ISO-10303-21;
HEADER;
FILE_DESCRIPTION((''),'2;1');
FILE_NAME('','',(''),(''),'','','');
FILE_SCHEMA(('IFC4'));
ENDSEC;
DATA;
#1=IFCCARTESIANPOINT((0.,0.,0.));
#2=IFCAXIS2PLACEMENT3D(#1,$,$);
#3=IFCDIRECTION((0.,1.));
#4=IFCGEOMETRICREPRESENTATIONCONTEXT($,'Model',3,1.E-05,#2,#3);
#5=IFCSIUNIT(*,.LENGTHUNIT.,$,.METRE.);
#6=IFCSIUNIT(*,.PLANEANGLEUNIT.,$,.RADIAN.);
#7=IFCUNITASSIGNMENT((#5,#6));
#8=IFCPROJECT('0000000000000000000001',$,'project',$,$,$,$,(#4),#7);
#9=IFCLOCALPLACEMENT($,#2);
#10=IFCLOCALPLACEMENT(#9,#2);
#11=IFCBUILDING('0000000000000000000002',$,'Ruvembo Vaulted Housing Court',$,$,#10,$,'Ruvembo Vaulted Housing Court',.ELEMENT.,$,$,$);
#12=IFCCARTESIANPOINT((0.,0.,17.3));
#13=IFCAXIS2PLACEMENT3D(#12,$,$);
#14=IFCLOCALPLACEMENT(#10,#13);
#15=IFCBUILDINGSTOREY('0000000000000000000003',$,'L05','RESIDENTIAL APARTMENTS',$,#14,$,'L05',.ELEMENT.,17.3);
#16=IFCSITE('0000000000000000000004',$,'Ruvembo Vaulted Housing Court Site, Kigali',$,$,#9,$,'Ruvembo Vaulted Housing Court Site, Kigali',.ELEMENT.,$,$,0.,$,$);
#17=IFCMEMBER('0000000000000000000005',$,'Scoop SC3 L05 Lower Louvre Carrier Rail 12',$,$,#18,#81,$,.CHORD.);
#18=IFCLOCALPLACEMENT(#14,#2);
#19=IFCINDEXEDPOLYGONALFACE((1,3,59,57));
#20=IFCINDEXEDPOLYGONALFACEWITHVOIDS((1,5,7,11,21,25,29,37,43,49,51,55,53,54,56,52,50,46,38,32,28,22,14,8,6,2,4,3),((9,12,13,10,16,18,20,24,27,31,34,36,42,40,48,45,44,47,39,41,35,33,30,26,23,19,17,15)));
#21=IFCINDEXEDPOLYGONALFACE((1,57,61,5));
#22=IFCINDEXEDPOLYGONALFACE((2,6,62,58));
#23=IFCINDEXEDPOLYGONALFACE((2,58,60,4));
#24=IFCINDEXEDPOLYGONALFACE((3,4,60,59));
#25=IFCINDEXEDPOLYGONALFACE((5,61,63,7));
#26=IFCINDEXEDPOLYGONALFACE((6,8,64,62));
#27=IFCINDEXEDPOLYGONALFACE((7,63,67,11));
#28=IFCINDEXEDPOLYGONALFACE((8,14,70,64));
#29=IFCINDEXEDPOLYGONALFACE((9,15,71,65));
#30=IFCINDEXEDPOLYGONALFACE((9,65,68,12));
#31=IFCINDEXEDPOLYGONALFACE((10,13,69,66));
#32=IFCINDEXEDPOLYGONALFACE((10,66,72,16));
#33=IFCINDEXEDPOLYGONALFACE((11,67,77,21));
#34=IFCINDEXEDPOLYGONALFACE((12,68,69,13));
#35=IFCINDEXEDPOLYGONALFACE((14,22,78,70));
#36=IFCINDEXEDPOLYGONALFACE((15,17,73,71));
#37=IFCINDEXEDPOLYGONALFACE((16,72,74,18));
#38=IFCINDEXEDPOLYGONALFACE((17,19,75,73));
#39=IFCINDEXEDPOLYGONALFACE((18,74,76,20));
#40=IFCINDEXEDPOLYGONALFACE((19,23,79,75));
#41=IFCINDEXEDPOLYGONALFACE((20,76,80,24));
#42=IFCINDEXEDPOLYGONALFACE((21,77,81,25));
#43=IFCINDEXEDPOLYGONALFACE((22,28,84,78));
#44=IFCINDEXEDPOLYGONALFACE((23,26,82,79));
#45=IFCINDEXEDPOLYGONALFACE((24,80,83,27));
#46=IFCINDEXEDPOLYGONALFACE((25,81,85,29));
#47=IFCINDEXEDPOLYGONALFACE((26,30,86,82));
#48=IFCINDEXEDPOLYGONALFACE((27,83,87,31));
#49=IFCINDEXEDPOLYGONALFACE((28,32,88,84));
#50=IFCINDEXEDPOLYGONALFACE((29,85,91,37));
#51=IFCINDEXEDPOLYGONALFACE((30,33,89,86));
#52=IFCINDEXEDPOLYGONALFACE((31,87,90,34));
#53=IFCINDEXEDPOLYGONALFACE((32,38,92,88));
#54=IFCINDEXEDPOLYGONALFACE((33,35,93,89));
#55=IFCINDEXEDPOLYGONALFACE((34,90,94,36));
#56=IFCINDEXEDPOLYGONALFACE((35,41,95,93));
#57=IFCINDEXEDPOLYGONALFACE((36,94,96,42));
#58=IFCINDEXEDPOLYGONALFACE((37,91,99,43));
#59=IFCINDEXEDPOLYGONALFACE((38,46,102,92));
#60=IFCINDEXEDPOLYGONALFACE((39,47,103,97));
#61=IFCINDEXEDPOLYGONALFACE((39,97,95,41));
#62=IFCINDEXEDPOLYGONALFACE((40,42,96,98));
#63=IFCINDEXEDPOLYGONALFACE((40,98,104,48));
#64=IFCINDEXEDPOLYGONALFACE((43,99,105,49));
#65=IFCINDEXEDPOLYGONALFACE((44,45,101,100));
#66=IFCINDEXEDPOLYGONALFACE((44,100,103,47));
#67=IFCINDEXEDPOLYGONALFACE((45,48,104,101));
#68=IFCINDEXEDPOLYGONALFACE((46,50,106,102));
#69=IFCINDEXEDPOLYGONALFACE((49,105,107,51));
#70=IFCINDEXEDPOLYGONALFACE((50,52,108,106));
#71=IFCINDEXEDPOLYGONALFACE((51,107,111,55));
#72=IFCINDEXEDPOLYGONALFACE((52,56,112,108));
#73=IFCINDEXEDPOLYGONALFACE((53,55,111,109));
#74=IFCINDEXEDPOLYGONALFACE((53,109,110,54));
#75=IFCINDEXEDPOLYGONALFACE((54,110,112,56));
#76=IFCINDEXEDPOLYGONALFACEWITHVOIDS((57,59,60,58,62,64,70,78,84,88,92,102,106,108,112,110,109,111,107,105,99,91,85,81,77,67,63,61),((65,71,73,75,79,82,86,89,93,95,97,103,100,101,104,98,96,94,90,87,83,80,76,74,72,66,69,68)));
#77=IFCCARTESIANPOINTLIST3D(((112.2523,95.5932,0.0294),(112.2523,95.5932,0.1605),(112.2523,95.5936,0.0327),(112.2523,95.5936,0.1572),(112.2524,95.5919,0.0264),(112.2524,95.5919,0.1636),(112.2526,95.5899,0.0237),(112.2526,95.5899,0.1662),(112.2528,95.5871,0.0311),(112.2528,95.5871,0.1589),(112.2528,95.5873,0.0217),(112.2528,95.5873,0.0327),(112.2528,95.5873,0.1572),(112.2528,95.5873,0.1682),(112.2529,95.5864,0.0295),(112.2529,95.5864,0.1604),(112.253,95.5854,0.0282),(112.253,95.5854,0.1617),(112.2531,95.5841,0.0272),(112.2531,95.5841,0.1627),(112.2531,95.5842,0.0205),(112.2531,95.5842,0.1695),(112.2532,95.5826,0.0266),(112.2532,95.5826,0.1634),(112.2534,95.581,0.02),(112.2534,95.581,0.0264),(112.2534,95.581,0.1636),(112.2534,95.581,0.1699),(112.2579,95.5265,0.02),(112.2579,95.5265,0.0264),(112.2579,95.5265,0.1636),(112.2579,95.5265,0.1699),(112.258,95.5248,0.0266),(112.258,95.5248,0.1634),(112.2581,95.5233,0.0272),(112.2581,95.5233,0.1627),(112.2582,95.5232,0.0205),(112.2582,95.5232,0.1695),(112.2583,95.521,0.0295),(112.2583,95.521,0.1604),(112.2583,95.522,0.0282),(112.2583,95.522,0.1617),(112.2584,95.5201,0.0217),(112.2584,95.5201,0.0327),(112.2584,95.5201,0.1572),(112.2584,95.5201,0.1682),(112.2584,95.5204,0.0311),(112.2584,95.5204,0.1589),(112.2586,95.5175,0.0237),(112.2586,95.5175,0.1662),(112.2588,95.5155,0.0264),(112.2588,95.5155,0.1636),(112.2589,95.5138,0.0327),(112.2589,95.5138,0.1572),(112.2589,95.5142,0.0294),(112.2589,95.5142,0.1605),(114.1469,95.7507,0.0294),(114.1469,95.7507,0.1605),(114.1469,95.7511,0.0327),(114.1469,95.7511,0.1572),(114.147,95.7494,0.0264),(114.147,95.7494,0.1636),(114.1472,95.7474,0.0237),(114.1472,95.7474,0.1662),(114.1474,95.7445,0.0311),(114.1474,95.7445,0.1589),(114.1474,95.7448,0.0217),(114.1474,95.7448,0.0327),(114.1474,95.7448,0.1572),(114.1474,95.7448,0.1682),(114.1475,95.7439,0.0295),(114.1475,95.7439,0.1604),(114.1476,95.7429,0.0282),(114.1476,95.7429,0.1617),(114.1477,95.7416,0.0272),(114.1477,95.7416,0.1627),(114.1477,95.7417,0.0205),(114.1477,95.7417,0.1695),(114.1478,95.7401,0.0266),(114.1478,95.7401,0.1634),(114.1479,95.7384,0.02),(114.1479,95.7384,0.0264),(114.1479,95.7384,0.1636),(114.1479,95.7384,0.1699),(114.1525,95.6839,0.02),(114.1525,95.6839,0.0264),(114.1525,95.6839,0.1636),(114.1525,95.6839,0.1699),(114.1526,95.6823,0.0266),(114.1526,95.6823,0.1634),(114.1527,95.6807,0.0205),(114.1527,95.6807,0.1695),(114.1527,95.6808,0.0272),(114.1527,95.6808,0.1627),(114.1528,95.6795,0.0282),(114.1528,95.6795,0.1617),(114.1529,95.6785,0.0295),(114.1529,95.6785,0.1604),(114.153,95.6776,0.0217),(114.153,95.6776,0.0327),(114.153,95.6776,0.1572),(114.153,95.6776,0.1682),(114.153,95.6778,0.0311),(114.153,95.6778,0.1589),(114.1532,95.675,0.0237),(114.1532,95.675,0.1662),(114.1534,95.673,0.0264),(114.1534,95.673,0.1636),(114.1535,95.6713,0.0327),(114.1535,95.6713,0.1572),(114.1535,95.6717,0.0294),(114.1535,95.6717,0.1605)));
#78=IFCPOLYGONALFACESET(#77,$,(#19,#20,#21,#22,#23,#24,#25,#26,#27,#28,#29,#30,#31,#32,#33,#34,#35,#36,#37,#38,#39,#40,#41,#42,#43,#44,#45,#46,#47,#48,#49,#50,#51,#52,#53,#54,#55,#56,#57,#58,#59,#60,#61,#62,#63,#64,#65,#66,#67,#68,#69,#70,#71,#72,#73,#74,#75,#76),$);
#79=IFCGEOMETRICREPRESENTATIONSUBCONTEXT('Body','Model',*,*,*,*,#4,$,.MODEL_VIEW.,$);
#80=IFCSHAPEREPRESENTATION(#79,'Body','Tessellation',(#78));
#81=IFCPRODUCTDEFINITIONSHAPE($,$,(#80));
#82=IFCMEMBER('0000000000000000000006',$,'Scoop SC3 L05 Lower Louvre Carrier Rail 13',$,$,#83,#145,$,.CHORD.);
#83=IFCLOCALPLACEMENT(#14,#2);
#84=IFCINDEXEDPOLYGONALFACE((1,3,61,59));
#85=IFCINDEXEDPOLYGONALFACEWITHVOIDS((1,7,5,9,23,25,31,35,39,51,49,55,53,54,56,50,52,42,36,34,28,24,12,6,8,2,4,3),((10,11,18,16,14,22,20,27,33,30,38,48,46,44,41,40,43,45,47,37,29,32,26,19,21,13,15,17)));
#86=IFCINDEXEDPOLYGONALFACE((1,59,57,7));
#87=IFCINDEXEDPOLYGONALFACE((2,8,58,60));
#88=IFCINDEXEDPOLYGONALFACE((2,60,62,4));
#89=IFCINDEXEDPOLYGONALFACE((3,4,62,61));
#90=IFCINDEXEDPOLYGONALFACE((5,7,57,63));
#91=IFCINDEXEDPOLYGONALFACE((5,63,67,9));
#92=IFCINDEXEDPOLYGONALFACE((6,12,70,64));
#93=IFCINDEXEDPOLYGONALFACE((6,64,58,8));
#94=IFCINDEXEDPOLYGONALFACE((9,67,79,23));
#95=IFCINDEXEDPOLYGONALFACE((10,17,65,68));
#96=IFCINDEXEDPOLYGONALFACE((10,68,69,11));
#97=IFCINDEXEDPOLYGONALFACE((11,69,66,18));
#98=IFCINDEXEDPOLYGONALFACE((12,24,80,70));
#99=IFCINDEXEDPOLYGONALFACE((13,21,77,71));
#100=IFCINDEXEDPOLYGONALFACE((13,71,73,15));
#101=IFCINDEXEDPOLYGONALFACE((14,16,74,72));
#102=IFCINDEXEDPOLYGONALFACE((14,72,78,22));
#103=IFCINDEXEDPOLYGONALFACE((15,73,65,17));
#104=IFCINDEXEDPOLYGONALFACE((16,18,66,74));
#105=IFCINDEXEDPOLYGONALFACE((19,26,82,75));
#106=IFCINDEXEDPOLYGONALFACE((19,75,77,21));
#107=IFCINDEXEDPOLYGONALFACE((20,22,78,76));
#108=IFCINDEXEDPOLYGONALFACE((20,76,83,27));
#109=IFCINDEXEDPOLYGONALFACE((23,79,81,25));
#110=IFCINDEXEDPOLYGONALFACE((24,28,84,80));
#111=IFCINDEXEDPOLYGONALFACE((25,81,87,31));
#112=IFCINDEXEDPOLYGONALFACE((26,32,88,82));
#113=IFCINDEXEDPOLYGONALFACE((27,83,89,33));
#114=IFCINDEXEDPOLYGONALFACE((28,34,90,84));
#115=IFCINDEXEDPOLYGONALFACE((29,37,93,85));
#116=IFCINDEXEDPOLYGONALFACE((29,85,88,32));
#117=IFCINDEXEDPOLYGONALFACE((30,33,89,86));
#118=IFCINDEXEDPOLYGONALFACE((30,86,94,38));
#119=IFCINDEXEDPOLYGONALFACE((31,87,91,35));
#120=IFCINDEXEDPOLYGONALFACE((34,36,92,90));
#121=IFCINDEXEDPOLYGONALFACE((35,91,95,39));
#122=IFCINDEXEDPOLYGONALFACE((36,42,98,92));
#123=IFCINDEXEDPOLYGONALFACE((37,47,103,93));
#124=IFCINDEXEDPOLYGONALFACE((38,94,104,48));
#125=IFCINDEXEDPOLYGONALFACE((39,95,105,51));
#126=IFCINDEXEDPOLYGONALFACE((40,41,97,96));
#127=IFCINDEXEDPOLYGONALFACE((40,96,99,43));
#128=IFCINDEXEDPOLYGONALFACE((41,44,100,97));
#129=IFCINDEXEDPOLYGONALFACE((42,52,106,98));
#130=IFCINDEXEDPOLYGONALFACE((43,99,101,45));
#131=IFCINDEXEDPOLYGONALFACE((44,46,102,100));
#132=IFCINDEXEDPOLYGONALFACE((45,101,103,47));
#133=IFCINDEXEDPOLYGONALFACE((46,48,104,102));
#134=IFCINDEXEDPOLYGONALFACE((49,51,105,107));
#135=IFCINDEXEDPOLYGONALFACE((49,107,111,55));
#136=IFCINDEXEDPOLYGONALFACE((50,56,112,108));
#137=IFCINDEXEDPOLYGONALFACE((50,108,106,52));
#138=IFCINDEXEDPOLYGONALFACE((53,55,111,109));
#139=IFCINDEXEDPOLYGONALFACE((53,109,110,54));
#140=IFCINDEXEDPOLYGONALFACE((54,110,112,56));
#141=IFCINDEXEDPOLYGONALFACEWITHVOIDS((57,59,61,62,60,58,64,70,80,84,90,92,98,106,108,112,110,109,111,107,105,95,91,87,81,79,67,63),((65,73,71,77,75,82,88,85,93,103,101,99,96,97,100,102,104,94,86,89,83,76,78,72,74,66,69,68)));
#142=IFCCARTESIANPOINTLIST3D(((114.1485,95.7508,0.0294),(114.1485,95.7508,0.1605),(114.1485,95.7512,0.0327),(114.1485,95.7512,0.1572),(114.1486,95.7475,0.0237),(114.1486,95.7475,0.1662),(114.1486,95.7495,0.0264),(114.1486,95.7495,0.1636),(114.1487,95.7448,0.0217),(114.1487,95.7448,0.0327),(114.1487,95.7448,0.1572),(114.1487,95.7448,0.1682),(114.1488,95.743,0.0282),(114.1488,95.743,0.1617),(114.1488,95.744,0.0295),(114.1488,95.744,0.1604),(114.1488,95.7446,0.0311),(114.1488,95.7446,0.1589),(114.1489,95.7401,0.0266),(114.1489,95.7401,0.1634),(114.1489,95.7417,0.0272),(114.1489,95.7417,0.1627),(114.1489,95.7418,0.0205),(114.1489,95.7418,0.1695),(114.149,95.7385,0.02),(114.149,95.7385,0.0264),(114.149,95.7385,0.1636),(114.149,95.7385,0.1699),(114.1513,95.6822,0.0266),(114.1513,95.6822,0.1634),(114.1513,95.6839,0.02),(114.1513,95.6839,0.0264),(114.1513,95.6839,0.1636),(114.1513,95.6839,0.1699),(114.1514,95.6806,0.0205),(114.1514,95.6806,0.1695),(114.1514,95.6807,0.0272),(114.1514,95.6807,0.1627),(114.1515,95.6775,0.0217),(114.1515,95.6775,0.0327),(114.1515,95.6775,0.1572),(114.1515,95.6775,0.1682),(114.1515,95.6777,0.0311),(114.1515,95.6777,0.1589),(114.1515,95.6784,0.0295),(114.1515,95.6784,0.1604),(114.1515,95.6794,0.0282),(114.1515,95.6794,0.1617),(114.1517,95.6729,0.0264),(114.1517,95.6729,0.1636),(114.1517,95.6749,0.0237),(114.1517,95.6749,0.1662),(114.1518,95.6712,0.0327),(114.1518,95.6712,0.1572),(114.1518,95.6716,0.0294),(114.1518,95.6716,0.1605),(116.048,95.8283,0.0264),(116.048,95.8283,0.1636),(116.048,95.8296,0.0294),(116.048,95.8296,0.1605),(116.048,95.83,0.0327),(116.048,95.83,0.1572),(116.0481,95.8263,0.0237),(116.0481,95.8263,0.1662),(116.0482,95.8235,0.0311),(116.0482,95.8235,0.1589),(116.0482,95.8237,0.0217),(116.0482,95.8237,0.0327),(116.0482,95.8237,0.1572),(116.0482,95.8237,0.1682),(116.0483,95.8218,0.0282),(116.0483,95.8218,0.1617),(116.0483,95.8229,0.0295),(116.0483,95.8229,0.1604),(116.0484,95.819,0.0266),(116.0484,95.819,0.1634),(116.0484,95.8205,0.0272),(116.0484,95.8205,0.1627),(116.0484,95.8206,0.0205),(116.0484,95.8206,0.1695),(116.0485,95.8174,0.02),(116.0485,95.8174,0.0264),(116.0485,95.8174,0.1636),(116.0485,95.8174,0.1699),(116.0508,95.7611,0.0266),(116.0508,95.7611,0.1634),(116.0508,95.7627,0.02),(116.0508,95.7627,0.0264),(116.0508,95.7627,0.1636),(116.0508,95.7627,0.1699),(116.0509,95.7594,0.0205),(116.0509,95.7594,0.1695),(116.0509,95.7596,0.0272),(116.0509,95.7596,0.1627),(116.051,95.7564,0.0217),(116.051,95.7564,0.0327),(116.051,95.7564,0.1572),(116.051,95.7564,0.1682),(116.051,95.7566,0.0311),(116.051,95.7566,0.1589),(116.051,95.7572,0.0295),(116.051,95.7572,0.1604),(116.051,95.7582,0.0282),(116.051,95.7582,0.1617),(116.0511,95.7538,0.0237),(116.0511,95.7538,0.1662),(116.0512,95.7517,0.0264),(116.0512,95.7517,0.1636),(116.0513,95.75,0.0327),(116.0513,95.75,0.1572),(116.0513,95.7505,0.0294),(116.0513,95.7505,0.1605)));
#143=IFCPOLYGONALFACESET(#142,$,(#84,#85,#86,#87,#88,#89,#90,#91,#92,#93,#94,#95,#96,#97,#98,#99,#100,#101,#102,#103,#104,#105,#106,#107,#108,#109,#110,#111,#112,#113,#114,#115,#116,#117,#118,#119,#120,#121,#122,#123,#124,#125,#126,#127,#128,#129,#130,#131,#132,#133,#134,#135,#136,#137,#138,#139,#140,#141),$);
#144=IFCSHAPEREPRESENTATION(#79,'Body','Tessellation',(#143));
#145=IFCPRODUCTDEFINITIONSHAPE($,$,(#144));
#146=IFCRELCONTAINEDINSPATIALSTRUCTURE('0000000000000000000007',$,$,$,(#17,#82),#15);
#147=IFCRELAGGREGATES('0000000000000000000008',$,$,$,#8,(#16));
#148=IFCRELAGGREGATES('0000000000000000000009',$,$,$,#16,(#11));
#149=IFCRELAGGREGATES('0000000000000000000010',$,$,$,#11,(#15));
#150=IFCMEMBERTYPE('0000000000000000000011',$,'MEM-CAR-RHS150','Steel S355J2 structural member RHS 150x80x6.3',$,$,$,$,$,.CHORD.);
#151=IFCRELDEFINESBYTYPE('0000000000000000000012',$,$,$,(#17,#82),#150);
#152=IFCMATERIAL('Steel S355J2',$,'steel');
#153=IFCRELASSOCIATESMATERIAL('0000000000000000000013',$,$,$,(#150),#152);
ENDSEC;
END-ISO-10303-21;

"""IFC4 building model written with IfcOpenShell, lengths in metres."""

from ifc_helpers import new_model, si_unit, direction, frame, origin, origin_2d, place, context, subcontext, project, spatial, hollow_rectangle, extrude, material, material_profile, profile_set, type_object, element, save


model = new_model("IFC4")

# Units and contexts
model_context = context("Model", 3, precision=1e-05, world=origin(), true_north=direction((0.0, 1.0)))
body_context = subcontext(model_context, "Body", "Model", "MODEL_VIEW")
ifc_project = project(units=[si_unit("LENGTHUNIT", "METRE"), si_unit("PLANEANGLEUNIT", "RADIAN")], contexts=[model_context])

# Site, building, storey
site_placement = place(None, origin())
site = spatial("IfcSite", under=ifc_project, at=site_placement, Name="Ruvembo Vaulted Housing Court Site, Kigali", LongName="Ruvembo Vaulted Housing Court Site, Kigali", CompositionType="ELEMENT", RefElevation=0.0)
building_placement = place(site_placement, origin())
building = spatial("IfcBuilding", under=site, at=building_placement, Name="Ruvembo Vaulted Housing Court", LongName="Ruvembo Vaulted Housing Court", CompositionType="ELEMENT")
storey_placement = place(building_placement, frame((0.0, 0.0, 17.3)))
storey = spatial("IfcBuildingStorey", under=building, at=storey_placement, Name="L05", Description="RESIDENTIAL APARTMENTS", LongName="L05", CompositionType="ELEMENT", Elevation=17.3)

# Shared definitions
ifc_material_1 = material(Name="Steel S355J2", Category="steel")

# Members
ifc_material_profile_1 = material_profile(ifc_material_1, hollow_rectangle(XDim=0.0801, YDim=0.1499, WallThickness=0.0063, InnerFilletRadius=0.0063, OuterFilletRadius=0.0127, at=origin_2d()), Name="RHS 150x80x6.3")
ifc_profile_set_1 = profile_set([ifc_material_profile_1], Name="Steel S355J2")
member_type_1 = type_object("IfcMemberType", Name="MEM-CAR-RHS150", Description="Steel S355J2 structural member RHS 150x80x6.3", PredefinedType="CHORD", material=ifc_profile_set_1)
for number, where, z_axis, x_axis, name in (
    (1, (112.2556, 95.5537, 0.095), (0.996563, 0.082833, 0.0), (-0.082833, 0.996563, 0.0), "Scoop SC3 L05 Lower Louvre Carrier Rail 12"),
    (2, (114.1501, 95.7112, 0.095), (0.999139, 0.041481, 0.0), (-0.041481, 0.999139, 0.0), "Scoop SC3 L05 Lower Louvre Carrier Rail 13"),
):
    element("IfcMember", number, at=place(storey_placement, frame(where, z_axis=z_axis, x_axis=x_axis)), inside=storey, type_object=member_type_1, Name=name, PredefinedType="CHORD", context=body_context, shape_type="SweptSolid", body=[
        extrude(hollow_rectangle(XDim=0.0801, YDim=0.1499, WallThickness=0.0063, InnerFilletRadius=0.0063, OuterFilletRadius=0.0127, at=origin_2d()), origin(), (0.0, 0.0, 1.0), 1.9011),
    ])

save(model, "model.ifc")
